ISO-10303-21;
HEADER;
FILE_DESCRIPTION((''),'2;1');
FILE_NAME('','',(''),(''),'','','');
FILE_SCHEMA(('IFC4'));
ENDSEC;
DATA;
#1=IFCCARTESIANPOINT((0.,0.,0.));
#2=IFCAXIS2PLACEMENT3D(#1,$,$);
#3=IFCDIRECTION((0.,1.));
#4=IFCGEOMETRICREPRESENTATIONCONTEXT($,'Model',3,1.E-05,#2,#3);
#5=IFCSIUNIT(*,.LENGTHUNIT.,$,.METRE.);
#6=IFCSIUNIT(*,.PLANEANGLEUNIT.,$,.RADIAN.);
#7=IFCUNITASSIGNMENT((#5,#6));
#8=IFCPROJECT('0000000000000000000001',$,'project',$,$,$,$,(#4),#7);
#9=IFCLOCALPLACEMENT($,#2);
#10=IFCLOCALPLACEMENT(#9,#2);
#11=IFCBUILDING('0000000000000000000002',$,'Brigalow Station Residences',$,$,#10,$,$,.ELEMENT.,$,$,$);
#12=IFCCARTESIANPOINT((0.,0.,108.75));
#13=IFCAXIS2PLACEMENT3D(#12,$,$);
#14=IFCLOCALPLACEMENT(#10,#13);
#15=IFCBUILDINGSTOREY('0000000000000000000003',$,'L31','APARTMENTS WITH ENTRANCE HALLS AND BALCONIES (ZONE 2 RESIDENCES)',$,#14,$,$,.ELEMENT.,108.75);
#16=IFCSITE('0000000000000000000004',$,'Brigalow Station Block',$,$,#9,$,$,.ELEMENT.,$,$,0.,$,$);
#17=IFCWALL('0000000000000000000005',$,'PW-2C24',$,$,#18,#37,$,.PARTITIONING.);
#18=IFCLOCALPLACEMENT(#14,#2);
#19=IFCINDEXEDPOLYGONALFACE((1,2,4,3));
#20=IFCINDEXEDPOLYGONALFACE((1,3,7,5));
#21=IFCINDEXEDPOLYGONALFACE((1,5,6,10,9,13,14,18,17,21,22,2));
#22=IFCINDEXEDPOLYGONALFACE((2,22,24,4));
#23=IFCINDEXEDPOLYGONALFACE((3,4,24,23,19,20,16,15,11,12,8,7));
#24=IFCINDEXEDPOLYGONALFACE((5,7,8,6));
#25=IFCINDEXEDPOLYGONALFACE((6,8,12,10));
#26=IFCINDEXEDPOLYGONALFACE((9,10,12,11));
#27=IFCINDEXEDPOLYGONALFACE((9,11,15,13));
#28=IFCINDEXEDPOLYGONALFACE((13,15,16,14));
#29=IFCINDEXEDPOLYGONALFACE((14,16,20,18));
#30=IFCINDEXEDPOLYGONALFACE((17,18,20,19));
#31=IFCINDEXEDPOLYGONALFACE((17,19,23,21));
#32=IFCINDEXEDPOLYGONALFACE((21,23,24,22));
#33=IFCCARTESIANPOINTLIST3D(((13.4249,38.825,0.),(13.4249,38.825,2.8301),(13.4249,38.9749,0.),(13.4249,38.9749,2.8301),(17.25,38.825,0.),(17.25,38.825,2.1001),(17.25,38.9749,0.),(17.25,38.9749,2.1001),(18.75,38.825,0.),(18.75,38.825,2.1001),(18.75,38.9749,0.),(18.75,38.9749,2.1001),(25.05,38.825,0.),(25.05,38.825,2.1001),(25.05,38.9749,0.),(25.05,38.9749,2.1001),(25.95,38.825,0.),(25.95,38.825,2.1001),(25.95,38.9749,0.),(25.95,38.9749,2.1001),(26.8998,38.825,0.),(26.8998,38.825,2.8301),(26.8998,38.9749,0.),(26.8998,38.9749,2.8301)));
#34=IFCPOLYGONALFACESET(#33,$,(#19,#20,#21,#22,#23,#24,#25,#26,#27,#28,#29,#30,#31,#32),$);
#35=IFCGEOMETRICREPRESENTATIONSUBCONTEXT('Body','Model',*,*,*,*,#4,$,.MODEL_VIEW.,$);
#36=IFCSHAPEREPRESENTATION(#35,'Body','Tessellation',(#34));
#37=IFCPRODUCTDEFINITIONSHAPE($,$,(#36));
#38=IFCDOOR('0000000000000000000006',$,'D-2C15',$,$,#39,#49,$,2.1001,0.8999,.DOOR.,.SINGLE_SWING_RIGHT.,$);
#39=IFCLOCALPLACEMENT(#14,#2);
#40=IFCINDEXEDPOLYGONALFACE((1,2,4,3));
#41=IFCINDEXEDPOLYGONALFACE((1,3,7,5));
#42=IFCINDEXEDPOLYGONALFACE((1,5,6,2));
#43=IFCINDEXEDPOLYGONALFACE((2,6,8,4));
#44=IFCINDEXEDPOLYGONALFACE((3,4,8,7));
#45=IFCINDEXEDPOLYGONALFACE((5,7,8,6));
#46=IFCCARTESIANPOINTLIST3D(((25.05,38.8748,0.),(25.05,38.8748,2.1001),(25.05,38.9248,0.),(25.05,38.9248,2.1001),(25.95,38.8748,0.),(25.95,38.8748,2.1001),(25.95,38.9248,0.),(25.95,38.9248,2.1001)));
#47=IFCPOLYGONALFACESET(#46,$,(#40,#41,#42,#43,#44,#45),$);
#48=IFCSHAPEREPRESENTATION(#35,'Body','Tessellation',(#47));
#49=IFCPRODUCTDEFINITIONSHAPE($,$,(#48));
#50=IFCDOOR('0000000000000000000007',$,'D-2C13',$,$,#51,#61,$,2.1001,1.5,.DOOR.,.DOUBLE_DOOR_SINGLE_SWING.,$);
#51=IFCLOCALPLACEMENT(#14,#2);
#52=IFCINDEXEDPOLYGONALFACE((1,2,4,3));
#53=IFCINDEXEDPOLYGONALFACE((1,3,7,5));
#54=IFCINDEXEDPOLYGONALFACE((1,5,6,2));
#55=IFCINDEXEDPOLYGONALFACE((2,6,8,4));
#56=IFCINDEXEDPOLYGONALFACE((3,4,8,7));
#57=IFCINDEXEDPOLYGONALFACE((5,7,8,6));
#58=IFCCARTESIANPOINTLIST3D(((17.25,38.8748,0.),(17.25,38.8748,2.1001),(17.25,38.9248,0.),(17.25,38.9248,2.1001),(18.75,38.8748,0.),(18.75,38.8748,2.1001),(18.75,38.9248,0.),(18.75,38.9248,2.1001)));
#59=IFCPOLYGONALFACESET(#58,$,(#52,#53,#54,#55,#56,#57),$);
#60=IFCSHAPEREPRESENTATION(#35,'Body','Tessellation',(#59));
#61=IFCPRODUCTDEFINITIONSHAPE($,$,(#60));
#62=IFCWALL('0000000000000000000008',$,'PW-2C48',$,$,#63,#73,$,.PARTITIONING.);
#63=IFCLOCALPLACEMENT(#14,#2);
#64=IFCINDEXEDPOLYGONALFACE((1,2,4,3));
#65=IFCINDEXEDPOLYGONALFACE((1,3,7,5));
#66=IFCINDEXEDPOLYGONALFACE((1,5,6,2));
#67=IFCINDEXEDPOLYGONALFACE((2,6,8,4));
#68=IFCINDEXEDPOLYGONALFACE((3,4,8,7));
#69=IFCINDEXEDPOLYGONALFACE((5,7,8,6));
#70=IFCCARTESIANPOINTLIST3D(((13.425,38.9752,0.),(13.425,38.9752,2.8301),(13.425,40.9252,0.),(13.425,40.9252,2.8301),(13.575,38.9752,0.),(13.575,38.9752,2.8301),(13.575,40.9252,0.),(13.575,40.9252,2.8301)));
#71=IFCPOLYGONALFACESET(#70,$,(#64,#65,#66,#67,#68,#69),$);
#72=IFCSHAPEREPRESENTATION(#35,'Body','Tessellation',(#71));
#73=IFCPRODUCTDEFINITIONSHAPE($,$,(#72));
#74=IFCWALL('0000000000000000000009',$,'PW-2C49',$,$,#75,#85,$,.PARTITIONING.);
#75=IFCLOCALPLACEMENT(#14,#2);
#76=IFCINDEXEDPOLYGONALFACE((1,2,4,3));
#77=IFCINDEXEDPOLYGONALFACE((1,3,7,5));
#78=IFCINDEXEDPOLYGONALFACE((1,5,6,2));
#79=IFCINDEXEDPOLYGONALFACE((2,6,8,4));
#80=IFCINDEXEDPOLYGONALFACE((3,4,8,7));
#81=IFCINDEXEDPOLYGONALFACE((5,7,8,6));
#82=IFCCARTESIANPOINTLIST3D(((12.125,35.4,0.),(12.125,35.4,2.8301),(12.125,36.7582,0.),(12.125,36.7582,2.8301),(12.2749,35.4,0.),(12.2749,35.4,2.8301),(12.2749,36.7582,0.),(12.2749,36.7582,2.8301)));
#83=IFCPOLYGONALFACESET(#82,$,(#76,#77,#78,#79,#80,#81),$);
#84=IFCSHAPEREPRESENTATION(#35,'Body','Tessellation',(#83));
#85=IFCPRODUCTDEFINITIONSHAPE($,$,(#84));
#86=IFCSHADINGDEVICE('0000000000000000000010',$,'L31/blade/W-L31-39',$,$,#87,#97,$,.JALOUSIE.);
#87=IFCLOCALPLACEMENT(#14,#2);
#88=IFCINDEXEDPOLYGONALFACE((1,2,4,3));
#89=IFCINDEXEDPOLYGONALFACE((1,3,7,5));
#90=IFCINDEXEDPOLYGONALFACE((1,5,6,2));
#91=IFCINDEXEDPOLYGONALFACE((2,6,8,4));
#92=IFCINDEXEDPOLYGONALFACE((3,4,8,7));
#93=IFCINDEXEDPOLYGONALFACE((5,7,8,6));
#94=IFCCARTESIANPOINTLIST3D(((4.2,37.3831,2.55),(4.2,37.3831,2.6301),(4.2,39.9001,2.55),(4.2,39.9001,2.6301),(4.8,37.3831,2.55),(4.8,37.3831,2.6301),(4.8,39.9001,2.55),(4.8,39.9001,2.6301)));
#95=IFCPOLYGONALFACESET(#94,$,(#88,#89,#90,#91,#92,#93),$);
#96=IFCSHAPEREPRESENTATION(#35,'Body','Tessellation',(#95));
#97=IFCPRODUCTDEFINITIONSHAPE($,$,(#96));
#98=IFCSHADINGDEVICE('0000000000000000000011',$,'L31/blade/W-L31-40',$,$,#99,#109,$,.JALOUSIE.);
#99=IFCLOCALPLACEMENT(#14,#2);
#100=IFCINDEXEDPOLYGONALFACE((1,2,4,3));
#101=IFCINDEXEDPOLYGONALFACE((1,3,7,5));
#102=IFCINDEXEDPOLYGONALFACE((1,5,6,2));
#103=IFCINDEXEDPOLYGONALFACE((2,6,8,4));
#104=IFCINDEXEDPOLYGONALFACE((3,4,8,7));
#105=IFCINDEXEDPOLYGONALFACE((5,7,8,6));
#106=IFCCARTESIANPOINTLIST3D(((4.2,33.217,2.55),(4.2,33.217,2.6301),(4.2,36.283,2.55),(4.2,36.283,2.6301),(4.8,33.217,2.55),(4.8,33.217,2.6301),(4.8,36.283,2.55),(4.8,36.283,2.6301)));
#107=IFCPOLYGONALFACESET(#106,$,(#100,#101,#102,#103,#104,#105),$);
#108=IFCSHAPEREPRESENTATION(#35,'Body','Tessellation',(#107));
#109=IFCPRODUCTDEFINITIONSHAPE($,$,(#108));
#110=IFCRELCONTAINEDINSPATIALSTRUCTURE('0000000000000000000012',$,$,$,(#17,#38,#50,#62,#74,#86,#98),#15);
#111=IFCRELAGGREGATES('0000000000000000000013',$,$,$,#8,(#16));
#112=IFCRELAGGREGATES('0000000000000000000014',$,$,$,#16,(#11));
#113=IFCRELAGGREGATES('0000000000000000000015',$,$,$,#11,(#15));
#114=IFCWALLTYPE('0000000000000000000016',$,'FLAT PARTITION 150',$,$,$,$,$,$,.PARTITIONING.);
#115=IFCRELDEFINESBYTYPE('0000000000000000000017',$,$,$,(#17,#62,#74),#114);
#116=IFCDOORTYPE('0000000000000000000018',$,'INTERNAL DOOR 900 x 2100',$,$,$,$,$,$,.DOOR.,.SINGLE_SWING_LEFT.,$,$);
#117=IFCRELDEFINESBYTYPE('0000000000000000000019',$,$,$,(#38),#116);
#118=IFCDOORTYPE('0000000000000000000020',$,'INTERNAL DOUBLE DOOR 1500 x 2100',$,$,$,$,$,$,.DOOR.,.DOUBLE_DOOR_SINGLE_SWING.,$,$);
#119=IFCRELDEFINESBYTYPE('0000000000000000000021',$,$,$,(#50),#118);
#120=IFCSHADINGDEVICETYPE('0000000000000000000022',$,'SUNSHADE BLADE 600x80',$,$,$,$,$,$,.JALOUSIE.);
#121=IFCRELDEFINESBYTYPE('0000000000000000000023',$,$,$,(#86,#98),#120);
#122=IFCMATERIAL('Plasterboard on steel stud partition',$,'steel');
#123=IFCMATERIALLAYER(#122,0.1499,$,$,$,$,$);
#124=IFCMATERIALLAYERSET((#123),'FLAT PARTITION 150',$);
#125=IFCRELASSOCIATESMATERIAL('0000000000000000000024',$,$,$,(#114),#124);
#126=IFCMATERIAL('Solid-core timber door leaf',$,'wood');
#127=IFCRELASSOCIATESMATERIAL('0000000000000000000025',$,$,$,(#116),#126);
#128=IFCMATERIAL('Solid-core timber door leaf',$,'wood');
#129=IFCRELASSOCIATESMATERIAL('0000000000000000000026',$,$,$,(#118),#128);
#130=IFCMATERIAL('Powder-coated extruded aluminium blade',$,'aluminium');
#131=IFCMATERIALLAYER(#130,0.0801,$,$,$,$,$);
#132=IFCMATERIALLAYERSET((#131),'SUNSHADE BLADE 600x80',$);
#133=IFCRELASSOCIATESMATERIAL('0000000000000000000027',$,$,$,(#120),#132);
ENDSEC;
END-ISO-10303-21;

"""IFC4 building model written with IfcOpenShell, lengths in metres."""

from ifc_helpers import new_model, si_unit, direction, frame, frame_2d, origin, origin_2d, place, context, subcontext, project, spatial, rectangle, extrude, material, layer, layer_set, type_object, element, fill, save


model = new_model("IFC4")

# Units and contexts
model_context = context("Model", 3, precision=1e-05, world=origin(), true_north=direction((0.0, 1.0)))
body_context = subcontext(model_context, "Body", "Model", "MODEL_VIEW")
ifc_project = project(units=[si_unit("LENGTHUNIT", "METRE"), si_unit("PLANEANGLEUNIT", "RADIAN")], contexts=[model_context])

# Site, building, storey
site_placement = place(None, origin())
site = spatial("IfcSite", under=ifc_project, at=site_placement, Name="Brigalow Station Block", CompositionType="ELEMENT", RefElevation=0.0)
building_placement = place(site_placement, origin())
building = spatial("IfcBuilding", under=site, at=building_placement, Name="Brigalow Station Residences", CompositionType="ELEMENT")
storey_placement = place(building_placement, frame((0.0, 0.0, 108.75)))
storey = spatial("IfcBuildingStorey", under=building, at=storey_placement, Name="L31", Description="APARTMENTS WITH ENTRANCE HALLS AND BALCONIES (ZONE 2 RESIDENCES)", CompositionType="ELEMENT", Elevation=108.75)

# Shared definitions
ifc_material_1 = material(Name="Plasterboard on steel stud partition", Category="steel")
ifc_layer_1 = layer(ifc_material_1, 0.1499)
ifc_layer_set_1 = layer_set([ifc_layer_1], Name="FLAT PARTITION 150")
wall_type_1 = type_object("IfcWallType", Name="FLAT PARTITION 150", PredefinedType="PARTITIONING", material=ifc_layer_set_1)
ifc_material_2 = material(Name="Solid-core timber door leaf", Category="wood")
door_type_1 = type_object("IfcDoorType", Name="INTERNAL DOOR 900 x 2100", OperationType="SINGLE_SWING_LEFT", PredefinedType="DOOR", material=ifc_material_2)

# Wall, openings, doors
wall_1_placement = place(storey_placement, frame((13.425, 38.8999, 0.0), z_axis=(0.0, 0.0, 1.0), x_axis=(1.0, 0.0, 0.0)))
wall_1 = element("IfcWall", 1, at=wall_1_placement, inside=storey, type_object=wall_type_1, Name="PW-2C24", PredefinedType="PARTITIONING", context=body_context, shape_type="SweptSolid", body=[
    extrude(rectangle(XDim=13.4749, YDim=0.1499, at=frame_2d((6.7373, 0.0))), origin(), (0.0, 0.0, 1.0), 2.8301),
])
opening_1_placement = place(wall_1_placement, frame((3.825, 0.0, 0.0)))
opening_1 = element("IfcOpeningElement", 2, at=opening_1_placement, cuts=wall_1, PredefinedType="OPENING", context=body_context, shape_type="SweptSolid", body=[
    extrude(rectangle(XDim=1.5, YDim=2.1001, at=frame_2d((0.75, 1.05))), frame((0.0, 0.085, 0.0), z_axis=(0.0, -1.0, 0.0), x_axis=(1.0, 0.0, 0.0)), (0.0, 0.0, 1.0), 0.1699),
])
opening_2_placement = place(wall_1_placement, frame((11.625, 0.0, 0.0)))
opening_2 = element("IfcOpeningElement", 3, at=opening_2_placement, cuts=wall_1, PredefinedType="OPENING", context=body_context, shape_type="SweptSolid", body=[
    extrude(rectangle(XDim=0.8999, YDim=2.1001, at=frame_2d((0.45, 1.05))), frame((0.0, 0.085, 0.0), z_axis=(0.0, -1.0, 0.0), x_axis=(1.0, 0.0, 0.0)), (0.0, 0.0, 1.0), 0.1699),
])
door_1_placement = place(opening_2_placement, origin())
door_1 = element("IfcDoor", 4, at=door_1_placement, inside=storey, type_object=door_type_1, Name="D-2C15", OperationType="SINGLE_SWING_RIGHT", OverallHeight=2.1001, OverallWidth=0.8999, PredefinedType="DOOR", context=body_context, shape_type="SweptSolid", body=[
    extrude(rectangle(XDim=0.8999, YDim=2.1001, at=frame_2d((0.45, 1.05))), frame((0.0, 0.0249, 0.0), z_axis=(0.0, -1.0, 0.0), x_axis=(1.0, 0.0, 0.0)), (0.0, 0.0, 1.0), 0.05),
])
fill(opening_2, door_1)
ifc_material_3 = material(Name="Solid-core timber door leaf", Category="wood")
door_type_2 = type_object("IfcDoorType", Name="INTERNAL DOUBLE DOOR 1500 x 2100", OperationType="DOUBLE_DOOR_SINGLE_SWING", PredefinedType="DOOR", material=ifc_material_3)
door_2_placement = place(opening_1_placement, origin())
door_2 = element("IfcDoor", 5, at=door_2_placement, inside=storey, type_object=door_type_2, Name="D-2C13", OperationType="DOUBLE_DOOR_SINGLE_SWING", OverallHeight=2.1001, OverallWidth=1.5, PredefinedType="DOOR", context=body_context, shape_type="SweptSolid", body=[
    extrude(rectangle(XDim=1.5, YDim=2.1001, at=frame_2d((0.75, 1.05))), frame((0.0, 0.0249, 0.0), z_axis=(0.0, -1.0, 0.0), x_axis=(1.0, 0.0, 0.0)), (0.0, 0.0, 1.0), 0.05),
])
fill(opening_1, door_2)

# Walls
wall_2_placement = place(storey_placement, frame((13.5, 38.9751, 0.0), z_axis=(0.0, 0.0, 1.0), x_axis=(0.0, 1.0, 0.0)))
element("IfcWall", 6, at=wall_2_placement, inside=storey, type_object=wall_type_1, Name="PW-2C48", PredefinedType="PARTITIONING", context=body_context, shape_type="SweptSolid", body=[
    extrude(rectangle(XDim=1.95, YDim=0.1499, at=frame_2d((0.9751, 0.0))), origin(), (0.0, 0.0, 1.0), 2.8301),
])
wall_3_placement = place(storey_placement, frame((12.2, 35.3999, 0.0), z_axis=(0.0, 0.0, 1.0), x_axis=(0.0, 1.0, 0.0)))
element("IfcWall", 7, at=wall_3_placement, inside=storey, type_object=wall_type_1, Name="PW-2C49", PredefinedType="PARTITIONING", context=body_context, shape_type="SweptSolid", body=[
    extrude(rectangle(XDim=1.3582, YDim=0.1499, at=frame_2d((0.6792, 0.0))), origin(), (0.0, 0.0, 1.0), 2.8301),
])

# Shading devices
ifc_material_4 = material(Name="Powder-coated extruded aluminium blade", Category="aluminium")
ifc_layer_2 = layer(ifc_material_4, 0.0801)
ifc_layer_set_2 = layer_set([ifc_layer_2], Name="SUNSHADE BLADE 600x80")
shading_device_type = type_object("IfcShadingDeviceType", Name="SUNSHADE BLADE 600x80", PredefinedType="JALOUSIE", material=ifc_layer_set_2)
shading_device_1_placement = place(storey_placement, frame((4.5, 38.6416, 2.55), z_axis=(0.0, 0.0, 1.0), x_axis=(0.0, -1.0, 0.0)))
element("IfcShadingDevice", 8, at=shading_device_1_placement, inside=storey, type_object=shading_device_type, Name="L31/blade/W-L31-39", PredefinedType="JALOUSIE", context=body_context, shape_type="SweptSolid", body=[
    extrude(rectangle(XDim=2.5171, YDim=0.6001, at=origin_2d()), origin(), (0.0, 0.0, 1.0), 0.0801),
])
shading_device_2_placement = place(storey_placement, frame((4.5, 34.75, 2.55), z_axis=(0.0, 0.0, 1.0), x_axis=(0.0, -1.0, 0.0)))
element("IfcShadingDevice", 9, at=shading_device_2_placement, inside=storey, type_object=shading_device_type, Name="L31/blade/W-L31-40", PredefinedType="JALOUSIE", context=body_context, shape_type="SweptSolid", body=[
    extrude(rectangle(XDim=3.0659, YDim=0.6001, at=origin_2d()), origin(), (0.0, 0.0, 1.0), 0.0801),
])

save(model, "model.ifc")
